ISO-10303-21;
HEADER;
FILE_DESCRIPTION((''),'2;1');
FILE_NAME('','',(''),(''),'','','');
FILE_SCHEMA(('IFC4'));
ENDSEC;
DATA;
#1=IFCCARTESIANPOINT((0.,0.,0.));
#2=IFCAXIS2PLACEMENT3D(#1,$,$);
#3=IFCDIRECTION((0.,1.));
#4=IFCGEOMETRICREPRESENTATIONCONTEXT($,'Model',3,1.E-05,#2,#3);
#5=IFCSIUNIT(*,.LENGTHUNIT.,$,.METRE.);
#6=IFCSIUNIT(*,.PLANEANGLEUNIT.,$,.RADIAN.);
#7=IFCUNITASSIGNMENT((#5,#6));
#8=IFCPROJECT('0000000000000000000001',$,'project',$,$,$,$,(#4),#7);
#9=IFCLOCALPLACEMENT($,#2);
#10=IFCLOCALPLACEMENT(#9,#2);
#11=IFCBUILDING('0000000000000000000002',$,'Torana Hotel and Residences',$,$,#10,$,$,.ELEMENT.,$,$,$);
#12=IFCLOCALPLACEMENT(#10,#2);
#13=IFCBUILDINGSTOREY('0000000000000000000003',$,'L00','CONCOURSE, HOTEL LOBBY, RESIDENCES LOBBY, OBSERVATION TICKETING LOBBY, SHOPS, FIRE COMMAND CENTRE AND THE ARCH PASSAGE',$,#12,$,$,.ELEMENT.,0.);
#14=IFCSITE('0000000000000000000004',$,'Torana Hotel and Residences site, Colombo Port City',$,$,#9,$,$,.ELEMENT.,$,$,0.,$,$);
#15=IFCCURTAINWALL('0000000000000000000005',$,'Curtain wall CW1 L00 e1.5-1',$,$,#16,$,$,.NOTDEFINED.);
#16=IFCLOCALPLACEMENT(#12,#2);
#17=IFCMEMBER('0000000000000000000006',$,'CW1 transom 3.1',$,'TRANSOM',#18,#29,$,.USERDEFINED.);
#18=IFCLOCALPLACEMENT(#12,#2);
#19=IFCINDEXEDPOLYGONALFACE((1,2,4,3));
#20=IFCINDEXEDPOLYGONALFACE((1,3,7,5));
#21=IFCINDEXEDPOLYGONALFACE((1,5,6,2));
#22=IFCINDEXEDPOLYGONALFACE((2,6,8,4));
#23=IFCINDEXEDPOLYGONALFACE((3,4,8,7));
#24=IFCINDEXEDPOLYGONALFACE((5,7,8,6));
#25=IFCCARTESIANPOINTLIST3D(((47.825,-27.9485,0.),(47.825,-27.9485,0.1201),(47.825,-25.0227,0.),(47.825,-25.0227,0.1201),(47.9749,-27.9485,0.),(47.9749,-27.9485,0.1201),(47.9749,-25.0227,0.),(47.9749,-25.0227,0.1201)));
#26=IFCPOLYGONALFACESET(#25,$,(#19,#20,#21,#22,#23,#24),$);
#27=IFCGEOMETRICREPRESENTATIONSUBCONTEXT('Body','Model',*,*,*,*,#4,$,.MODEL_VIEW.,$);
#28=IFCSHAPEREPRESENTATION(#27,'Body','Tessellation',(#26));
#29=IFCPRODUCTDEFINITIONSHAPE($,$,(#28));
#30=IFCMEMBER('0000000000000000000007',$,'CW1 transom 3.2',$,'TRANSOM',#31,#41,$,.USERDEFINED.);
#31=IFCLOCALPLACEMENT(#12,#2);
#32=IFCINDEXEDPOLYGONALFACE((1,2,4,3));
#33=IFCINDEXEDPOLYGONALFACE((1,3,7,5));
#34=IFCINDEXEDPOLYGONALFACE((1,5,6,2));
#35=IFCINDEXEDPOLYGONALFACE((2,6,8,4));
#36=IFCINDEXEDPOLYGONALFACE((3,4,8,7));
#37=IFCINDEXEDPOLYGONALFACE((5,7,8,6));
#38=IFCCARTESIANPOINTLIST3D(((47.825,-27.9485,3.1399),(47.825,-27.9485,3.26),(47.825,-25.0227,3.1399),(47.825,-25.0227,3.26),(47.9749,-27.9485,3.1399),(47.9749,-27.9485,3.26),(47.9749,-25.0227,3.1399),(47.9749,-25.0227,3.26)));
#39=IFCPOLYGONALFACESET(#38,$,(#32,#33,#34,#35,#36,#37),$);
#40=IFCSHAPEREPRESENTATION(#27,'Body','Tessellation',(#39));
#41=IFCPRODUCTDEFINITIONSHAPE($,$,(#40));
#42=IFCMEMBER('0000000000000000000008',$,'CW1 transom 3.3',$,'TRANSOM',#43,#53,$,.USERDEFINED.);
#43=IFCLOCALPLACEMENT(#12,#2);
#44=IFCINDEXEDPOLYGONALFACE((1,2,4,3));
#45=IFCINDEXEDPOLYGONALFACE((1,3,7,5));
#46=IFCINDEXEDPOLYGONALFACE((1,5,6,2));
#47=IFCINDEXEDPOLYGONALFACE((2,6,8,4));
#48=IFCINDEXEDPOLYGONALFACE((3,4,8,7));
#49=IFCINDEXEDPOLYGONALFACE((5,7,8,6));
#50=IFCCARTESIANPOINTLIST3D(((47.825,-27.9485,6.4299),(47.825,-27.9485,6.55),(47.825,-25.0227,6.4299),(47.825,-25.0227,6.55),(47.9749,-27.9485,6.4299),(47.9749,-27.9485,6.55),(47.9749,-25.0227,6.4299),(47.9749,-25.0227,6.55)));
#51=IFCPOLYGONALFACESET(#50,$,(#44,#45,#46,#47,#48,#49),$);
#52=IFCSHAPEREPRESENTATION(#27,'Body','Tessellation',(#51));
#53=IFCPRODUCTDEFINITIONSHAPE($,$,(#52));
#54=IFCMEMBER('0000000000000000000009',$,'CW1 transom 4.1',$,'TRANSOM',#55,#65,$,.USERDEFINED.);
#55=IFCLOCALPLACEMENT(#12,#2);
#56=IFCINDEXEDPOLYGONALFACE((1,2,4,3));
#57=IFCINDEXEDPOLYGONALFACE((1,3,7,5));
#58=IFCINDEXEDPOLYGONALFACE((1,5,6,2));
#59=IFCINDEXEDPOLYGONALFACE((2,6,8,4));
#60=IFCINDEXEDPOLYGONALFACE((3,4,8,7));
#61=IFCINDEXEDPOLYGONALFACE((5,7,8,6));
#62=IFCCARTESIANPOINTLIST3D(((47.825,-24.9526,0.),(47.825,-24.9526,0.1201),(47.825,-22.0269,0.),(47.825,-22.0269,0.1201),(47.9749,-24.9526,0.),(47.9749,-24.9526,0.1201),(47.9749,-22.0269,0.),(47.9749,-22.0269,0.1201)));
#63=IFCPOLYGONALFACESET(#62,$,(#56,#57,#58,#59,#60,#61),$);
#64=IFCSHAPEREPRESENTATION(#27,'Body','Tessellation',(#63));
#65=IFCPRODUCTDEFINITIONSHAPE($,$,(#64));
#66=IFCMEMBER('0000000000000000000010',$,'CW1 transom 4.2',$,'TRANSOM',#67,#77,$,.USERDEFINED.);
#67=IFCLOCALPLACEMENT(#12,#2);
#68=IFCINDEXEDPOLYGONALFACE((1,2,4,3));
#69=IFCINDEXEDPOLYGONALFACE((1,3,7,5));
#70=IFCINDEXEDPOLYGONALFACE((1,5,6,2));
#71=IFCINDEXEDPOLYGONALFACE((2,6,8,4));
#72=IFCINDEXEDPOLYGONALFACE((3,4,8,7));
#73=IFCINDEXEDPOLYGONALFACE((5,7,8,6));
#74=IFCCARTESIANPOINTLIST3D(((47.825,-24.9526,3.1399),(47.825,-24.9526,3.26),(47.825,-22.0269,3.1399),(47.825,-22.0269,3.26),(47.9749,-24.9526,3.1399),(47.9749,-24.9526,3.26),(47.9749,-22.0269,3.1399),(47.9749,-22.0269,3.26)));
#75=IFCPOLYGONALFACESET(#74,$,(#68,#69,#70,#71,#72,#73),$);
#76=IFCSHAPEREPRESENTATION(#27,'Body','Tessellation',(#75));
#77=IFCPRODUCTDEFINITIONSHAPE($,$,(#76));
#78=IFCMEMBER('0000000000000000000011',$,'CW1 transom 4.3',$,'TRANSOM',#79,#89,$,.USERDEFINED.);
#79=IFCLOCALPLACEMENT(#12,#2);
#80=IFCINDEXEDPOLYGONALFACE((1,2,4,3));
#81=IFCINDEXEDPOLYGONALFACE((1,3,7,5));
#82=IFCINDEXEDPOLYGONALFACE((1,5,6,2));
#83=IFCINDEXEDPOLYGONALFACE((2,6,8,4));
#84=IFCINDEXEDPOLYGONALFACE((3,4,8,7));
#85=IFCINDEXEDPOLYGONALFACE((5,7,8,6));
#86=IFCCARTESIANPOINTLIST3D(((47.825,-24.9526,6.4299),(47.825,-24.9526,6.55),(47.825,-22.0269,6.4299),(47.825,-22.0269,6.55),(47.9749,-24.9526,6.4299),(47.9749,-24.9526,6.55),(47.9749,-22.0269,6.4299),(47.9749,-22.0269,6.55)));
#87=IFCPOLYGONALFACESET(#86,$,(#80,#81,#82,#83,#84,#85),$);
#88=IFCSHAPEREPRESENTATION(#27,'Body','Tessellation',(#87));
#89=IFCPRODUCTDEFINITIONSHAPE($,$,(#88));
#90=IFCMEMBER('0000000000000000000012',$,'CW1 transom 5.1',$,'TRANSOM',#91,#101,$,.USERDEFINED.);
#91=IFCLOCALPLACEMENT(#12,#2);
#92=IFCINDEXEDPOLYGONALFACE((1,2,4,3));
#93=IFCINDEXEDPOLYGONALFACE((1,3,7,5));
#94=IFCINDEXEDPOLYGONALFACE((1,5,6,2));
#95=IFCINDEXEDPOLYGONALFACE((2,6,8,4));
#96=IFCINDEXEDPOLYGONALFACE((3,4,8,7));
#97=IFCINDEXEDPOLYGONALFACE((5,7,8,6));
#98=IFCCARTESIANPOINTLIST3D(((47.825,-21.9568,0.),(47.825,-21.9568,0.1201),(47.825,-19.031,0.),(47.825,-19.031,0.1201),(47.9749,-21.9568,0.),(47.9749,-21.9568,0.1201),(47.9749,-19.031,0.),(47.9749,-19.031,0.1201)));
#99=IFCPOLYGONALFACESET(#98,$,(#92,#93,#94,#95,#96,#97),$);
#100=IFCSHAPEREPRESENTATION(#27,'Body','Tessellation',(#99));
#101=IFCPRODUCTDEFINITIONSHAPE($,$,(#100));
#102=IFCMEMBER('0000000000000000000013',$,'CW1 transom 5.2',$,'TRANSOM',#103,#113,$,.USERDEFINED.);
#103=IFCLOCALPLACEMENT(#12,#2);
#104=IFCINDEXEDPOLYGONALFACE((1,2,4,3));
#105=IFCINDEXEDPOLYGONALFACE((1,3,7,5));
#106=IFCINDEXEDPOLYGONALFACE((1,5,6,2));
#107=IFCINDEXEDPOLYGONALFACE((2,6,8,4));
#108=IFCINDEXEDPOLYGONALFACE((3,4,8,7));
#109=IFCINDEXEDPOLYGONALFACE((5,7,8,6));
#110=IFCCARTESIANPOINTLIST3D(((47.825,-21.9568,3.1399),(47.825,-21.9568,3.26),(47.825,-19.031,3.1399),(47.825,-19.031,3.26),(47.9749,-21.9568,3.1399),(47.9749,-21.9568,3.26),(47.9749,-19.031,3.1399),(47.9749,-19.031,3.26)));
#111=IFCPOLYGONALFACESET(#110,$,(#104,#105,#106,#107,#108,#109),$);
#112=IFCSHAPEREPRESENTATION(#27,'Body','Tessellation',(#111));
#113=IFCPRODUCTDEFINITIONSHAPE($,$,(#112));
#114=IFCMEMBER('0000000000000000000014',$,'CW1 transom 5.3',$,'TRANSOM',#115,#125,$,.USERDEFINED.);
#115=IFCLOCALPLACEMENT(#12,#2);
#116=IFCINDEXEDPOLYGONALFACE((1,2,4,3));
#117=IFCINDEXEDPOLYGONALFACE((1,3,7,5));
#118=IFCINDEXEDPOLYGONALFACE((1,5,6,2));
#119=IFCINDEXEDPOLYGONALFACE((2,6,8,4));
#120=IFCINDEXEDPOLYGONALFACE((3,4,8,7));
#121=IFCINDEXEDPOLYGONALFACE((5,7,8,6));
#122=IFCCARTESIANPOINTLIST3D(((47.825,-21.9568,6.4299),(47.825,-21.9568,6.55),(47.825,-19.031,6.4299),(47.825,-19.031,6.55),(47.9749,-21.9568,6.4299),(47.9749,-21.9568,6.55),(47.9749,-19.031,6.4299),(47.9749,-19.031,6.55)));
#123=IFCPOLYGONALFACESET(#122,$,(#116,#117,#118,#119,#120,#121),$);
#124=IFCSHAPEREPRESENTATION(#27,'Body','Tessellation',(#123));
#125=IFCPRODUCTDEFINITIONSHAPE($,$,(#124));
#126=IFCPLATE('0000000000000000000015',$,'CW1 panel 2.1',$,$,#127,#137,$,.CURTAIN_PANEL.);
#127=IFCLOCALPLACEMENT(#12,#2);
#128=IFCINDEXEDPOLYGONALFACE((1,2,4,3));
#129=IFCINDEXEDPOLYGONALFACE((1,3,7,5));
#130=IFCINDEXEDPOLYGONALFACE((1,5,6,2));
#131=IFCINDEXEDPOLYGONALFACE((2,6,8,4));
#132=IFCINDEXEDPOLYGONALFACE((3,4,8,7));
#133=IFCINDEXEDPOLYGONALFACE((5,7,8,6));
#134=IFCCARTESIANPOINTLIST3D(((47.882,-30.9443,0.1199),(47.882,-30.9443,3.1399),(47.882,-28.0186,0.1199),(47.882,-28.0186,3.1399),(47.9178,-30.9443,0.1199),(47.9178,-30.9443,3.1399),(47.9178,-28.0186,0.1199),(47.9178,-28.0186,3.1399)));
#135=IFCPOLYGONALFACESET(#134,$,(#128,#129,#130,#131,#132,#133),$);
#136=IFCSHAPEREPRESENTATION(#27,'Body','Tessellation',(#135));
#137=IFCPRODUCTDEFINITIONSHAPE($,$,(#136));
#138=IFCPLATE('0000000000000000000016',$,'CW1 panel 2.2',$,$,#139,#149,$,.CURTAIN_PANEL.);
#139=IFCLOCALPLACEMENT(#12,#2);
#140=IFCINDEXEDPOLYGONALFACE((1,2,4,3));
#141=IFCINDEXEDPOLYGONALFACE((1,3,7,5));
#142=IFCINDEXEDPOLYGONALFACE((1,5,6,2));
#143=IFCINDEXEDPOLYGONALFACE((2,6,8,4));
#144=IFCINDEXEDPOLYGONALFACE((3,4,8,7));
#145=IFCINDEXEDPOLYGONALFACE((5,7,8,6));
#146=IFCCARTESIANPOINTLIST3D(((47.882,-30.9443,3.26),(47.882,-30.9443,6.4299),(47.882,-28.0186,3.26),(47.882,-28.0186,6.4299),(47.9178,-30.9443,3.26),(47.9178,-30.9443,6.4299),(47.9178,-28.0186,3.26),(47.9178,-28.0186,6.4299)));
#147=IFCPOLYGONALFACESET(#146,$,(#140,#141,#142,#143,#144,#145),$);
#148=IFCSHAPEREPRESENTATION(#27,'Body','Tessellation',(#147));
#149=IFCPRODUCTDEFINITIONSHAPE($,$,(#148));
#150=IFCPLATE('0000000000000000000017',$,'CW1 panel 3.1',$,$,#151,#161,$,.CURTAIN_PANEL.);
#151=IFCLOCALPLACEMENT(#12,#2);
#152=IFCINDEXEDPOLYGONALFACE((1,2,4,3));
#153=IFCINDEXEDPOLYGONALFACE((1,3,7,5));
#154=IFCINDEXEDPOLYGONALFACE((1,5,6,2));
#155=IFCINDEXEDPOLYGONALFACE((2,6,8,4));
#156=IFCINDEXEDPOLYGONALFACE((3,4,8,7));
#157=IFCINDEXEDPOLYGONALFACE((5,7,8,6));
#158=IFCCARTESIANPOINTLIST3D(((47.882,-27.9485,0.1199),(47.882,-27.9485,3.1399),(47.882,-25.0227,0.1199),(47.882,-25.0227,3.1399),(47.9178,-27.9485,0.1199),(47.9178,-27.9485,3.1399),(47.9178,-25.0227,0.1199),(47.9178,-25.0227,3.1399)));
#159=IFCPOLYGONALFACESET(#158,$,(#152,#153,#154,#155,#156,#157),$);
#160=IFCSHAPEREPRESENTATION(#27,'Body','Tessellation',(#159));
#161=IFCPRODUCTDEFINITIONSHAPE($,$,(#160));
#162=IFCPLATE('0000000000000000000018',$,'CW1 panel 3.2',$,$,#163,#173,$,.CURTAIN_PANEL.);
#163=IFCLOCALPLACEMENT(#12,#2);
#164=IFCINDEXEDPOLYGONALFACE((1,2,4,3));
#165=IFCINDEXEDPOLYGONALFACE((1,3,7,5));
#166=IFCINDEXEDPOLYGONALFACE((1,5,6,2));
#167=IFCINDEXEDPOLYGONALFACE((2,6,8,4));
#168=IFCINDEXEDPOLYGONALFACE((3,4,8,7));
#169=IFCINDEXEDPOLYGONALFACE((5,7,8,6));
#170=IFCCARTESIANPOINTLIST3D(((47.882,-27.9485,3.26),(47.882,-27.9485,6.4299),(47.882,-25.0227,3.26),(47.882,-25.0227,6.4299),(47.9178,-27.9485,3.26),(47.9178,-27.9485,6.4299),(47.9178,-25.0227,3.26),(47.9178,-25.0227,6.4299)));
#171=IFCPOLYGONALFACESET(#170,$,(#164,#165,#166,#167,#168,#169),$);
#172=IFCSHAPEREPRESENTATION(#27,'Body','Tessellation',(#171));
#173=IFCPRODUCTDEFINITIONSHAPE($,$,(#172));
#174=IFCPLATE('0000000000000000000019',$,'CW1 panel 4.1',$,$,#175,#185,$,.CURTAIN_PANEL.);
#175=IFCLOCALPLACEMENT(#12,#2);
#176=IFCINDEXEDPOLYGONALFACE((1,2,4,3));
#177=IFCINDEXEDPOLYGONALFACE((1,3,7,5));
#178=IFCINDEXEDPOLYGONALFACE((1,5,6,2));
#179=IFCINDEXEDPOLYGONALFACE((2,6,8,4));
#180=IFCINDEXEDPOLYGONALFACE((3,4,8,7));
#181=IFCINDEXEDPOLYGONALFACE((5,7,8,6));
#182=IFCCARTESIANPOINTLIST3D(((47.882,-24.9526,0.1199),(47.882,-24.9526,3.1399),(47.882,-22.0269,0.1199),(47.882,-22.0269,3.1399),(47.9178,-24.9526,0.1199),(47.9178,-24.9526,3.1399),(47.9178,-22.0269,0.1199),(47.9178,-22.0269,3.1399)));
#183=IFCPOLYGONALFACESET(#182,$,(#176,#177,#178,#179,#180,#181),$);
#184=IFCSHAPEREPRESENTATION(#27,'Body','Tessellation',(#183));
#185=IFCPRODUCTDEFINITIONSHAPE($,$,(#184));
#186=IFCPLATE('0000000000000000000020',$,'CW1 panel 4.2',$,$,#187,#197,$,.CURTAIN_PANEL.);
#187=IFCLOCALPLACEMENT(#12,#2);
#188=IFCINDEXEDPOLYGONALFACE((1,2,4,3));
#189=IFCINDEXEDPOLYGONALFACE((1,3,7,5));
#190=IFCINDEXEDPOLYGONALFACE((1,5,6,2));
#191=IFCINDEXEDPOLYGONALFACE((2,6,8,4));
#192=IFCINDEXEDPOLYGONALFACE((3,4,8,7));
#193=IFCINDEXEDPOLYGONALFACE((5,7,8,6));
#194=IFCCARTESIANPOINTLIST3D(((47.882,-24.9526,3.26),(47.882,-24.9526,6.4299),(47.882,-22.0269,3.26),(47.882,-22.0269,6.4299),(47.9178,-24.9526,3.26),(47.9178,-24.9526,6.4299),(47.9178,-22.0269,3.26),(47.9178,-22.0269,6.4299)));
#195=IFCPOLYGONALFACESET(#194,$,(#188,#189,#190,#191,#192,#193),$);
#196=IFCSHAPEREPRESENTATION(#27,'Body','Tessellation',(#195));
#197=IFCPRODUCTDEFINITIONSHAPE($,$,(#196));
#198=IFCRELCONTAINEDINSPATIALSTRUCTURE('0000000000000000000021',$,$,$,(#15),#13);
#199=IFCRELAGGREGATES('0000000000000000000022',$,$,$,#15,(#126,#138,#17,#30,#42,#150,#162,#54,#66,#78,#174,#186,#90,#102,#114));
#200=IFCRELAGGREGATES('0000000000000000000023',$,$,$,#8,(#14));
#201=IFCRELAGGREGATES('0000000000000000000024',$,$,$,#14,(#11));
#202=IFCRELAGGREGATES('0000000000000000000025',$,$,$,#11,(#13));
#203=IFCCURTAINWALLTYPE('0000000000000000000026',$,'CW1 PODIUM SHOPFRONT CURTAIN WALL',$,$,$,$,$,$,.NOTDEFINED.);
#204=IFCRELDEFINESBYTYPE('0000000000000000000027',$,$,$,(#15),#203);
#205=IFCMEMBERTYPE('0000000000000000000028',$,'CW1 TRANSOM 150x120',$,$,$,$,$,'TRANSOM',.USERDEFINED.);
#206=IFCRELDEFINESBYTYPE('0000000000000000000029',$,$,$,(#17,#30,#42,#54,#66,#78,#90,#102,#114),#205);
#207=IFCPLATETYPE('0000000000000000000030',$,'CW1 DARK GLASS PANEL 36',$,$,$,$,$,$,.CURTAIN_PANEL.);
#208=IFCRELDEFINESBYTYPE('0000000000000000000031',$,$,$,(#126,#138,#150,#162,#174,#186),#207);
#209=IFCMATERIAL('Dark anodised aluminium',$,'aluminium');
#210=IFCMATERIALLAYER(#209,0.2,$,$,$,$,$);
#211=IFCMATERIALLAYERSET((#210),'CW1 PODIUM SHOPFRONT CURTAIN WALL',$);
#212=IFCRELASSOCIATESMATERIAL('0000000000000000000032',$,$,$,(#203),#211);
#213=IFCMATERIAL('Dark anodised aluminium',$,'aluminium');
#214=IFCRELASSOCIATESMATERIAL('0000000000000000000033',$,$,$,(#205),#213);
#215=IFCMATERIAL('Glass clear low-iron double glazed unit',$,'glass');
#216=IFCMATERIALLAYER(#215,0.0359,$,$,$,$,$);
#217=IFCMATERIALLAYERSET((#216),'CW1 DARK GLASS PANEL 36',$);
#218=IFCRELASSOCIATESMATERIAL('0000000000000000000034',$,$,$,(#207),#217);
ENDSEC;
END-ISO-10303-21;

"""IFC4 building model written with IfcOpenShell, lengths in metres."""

from ifc_helpers import new_model, si_unit, direction, frame, origin, origin_2d, place, context, subcontext, project, spatial, rectangle, extrude, material, layer, layer_set, material_profile, profile_set, type_object, element, aggregate, save


model = new_model("IFC4")

# Units and contexts
model_context = context("Model", 3, precision=1e-05, world=origin(), true_north=direction((0.0, 1.0)))
body_context = subcontext(model_context, "Body", "Model", "MODEL_VIEW")
ifc_project = project(units=[si_unit("LENGTHUNIT", "METRE"), si_unit("PLANEANGLEUNIT", "RADIAN")], contexts=[model_context])

# Site, building, storey
site_placement = place(None, origin())
site = spatial("IfcSite", under=ifc_project, at=site_placement, Name="Torana Hotel and Residences site, Colombo Port City", CompositionType="ELEMENT", RefElevation=0.0)
building_placement = place(site_placement, origin())
building = spatial("IfcBuilding", under=site, at=building_placement, Name="Torana Hotel and Residences", CompositionType="ELEMENT")
storey_placement = place(building_placement, origin())
storey = spatial("IfcBuildingStorey", under=building, at=storey_placement, Name="L00", Description="CONCOURSE, HOTEL LOBBY, RESIDENCES LOBBY, OBSERVATION TICKETING LOBBY, SHOPS, FIRE COMMAND CENTRE AND THE ARCH PASSAGE", CompositionType="ELEMENT", Elevation=0.0)

# Curtain wall, members, plates
ifc_material_1 = material(Name="Dark anodised aluminium", Category="aluminium")
ifc_layer_1 = layer(ifc_material_1, 0.2)
ifc_layer_set_1 = layer_set([ifc_layer_1], Name="CW1 PODIUM SHOPFRONT CURTAIN WALL")
curtain_wall_type = type_object("IfcCurtainWallType", Name="CW1 PODIUM SHOPFRONT CURTAIN WALL", PredefinedType="NOTDEFINED", material=ifc_layer_set_1)
curtain_wall_placement = place(storey_placement, origin())
curtain_wall = element("IfcCurtainWall", 1, at=curtain_wall_placement, inside=storey, type_object=curtain_wall_type, Name="Curtain wall CW1 L00 e1.5-1", PredefinedType="NOTDEFINED")
ifc_material_2 = material(Name="Dark anodised aluminium", Category="aluminium")
ifc_material_profile_1 = material_profile(ifc_material_2, rectangle(XDim=0.1499, YDim=0.1201, at=origin_2d()), Name="CW1 TRANSOM 150x120")
ifc_profile_set_1 = profile_set([ifc_material_profile_1], Name="Dark anodised aluminium")
member_type_1 = type_object("IfcMemberType", Name="CW1 TRANSOM 150x120", ElementType="TRANSOM", PredefinedType="USERDEFINED", material=ifc_profile_set_1)
member_1_placement = place(storey_placement, frame((47.8999, -27.9485, 0.0601), z_axis=(0.0, 1.0, 0.0), x_axis=(-1.0, 0.0, 0.0)))
member_1 = element("IfcMember", 2, at=member_1_placement, type_object=member_type_1, Name="CW1 transom 3.1", ObjectType="TRANSOM", PredefinedType="USERDEFINED", context=body_context, shape_type="SweptSolid", body=[
    extrude(rectangle(XDim=0.1499, YDim=0.1201, at=origin_2d()), origin(), (0.0, 0.0, 1.0), 2.9258),
])
member_2_placement = place(storey_placement, frame((47.8999, -27.9485, 3.2), z_axis=(0.0, 1.0, 0.0), x_axis=(-1.0, 0.0, 0.0)))
member_2 = element("IfcMember", 3, at=member_2_placement, type_object=member_type_1, Name="CW1 transom 3.2", ObjectType="TRANSOM", PredefinedType="USERDEFINED", context=body_context, shape_type="SweptSolid", body=[
    extrude(rectangle(XDim=0.1499, YDim=0.1201, at=origin_2d()), origin(), (0.0, 0.0, 1.0), 2.9258),
])
member_3_placement = place(storey_placement, frame((47.8999, -27.9485, 6.49), z_axis=(0.0, 1.0, 0.0), x_axis=(-1.0, 0.0, 0.0)))
member_3 = element("IfcMember", 4, at=member_3_placement, type_object=member_type_1, Name="CW1 transom 3.3", ObjectType="TRANSOM", PredefinedType="USERDEFINED", context=body_context, shape_type="SweptSolid", body=[
    extrude(rectangle(XDim=0.1499, YDim=0.1201, at=origin_2d()), origin(), (0.0, 0.0, 1.0), 2.9258),
])
member_4_placement = place(storey_placement, frame((47.8999, -24.9526, 0.0601), z_axis=(0.0, 1.0, 0.0), x_axis=(-1.0, 0.0, 0.0)))
member_4 = element("IfcMember", 5, at=member_4_placement, type_object=member_type_1, Name="CW1 transom 4.1", ObjectType="TRANSOM", PredefinedType="USERDEFINED", context=body_context, shape_type="SweptSolid", body=[
    extrude(rectangle(XDim=0.1499, YDim=0.1201, at=origin_2d()), origin(), (0.0, 0.0, 1.0), 2.9258),
])
member_5_placement = place(storey_placement, frame((47.8999, -24.9526, 3.2), z_axis=(0.0, 1.0, 0.0), x_axis=(-1.0, 0.0, 0.0)))
member_5 = element("IfcMember", 6, at=member_5_placement, type_object=member_type_1, Name="CW1 transom 4.2", ObjectType="TRANSOM", PredefinedType="USERDEFINED", context=body_context, shape_type="SweptSolid", body=[
    extrude(rectangle(XDim=0.1499, YDim=0.1201, at=origin_2d()), origin(), (0.0, 0.0, 1.0), 2.9258),
])
member_6_placement = place(storey_placement, frame((47.8999, -24.9526, 6.49), z_axis=(0.0, 1.0, 0.0), x_axis=(-1.0, 0.0, 0.0)))
member_6 = element("IfcMember", 7, at=member_6_placement, type_object=member_type_1, Name="CW1 transom 4.3", ObjectType="TRANSOM", PredefinedType="USERDEFINED", context=body_context, shape_type="SweptSolid", body=[
    extrude(rectangle(XDim=0.1499, YDim=0.1201, at=origin_2d()), origin(), (0.0, 0.0, 1.0), 2.9258),
])
member_7_placement = place(storey_placement, frame((47.8999, -21.9568, 0.0601), z_axis=(0.0, 1.0, 0.0), x_axis=(-1.0, 0.0, 0.0)))
member_7 = element("IfcMember", 8, at=member_7_placement, type_object=member_type_1, Name="CW1 transom 5.1", ObjectType="TRANSOM", PredefinedType="USERDEFINED", context=body_context, shape_type="SweptSolid", body=[
    extrude(rectangle(XDim=0.1499, YDim=0.1201, at=origin_2d()), origin(), (0.0, 0.0, 1.0), 2.9258),
])
member_8_placement = place(storey_placement, frame((47.8999, -21.9568, 3.2), z_axis=(0.0, 1.0, 0.0), x_axis=(-1.0, 0.0, 0.0)))
member_8 = element("IfcMember", 9, at=member_8_placement, type_object=member_type_1, Name="CW1 transom 5.2", ObjectType="TRANSOM", PredefinedType="USERDEFINED", context=body_context, shape_type="SweptSolid", body=[
    extrude(rectangle(XDim=0.1499, YDim=0.1201, at=origin_2d()), origin(), (0.0, 0.0, 1.0), 2.9258),
])
member_9_placement = place(storey_placement, frame((47.8999, -21.9568, 6.49), z_axis=(0.0, 1.0, 0.0), x_axis=(-1.0, 0.0, 0.0)))
member_9 = element("IfcMember", 10, at=member_9_placement, type_object=member_type_1, Name="CW1 transom 5.3", ObjectType="TRANSOM", PredefinedType="USERDEFINED", context=body_context, shape_type="SweptSolid", body=[
    extrude(rectangle(XDim=0.1499, YDim=0.1201, at=origin_2d()), origin(), (0.0, 0.0, 1.0), 2.9258),
])
ifc_material_3 = material(Name="Glass clear low-iron double glazed unit", Category="glass")
ifc_layer_2 = layer(ifc_material_3, 0.0359)
ifc_layer_set_2 = layer_set([ifc_layer_2], Name="CW1 DARK GLASS PANEL 36")
plate_type = type_object("IfcPlateType", Name="CW1 DARK GLASS PANEL 36", PredefinedType="CURTAIN_PANEL", material=ifc_layer_set_2)
plate_1_placement = place(storey_placement, frame((47.8999, -29.4814, 0.1199), z_axis=(0.0, 0.0, 1.0), x_axis=(0.0, 1.0, 0.0)))
plate_1 = element("IfcPlate", 11, at=plate_1_placement, type_object=plate_type, Name="CW1 panel 2.1", PredefinedType="CURTAIN_PANEL", context=body_context, shape_type="SweptSolid", body=[
    extrude(rectangle(XDim=2.9258, YDim=0.0359, at=origin_2d()), origin(), (0.0, 0.0, 1.0), 3.02),
])
plate_2_placement = place(storey_placement, frame((47.8999, -29.4814, 3.26), z_axis=(0.0, 0.0, 1.0), x_axis=(0.0, 1.0, 0.0)))
plate_2 = element("IfcPlate", 12, at=plate_2_placement, type_object=plate_type, Name="CW1 panel 2.2", PredefinedType="CURTAIN_PANEL", context=body_context, shape_type="SweptSolid", body=[
    extrude(rectangle(XDim=2.9258, YDim=0.0359, at=origin_2d()), origin(), (0.0, 0.0, 1.0), 3.1699),
])
plate_3_placement = place(storey_placement, frame((47.8999, -26.4856, 0.1199), z_axis=(0.0, 0.0, 1.0), x_axis=(0.0, 1.0, 0.0)))
plate_3 = element("IfcPlate", 13, at=plate_3_placement, type_object=plate_type, Name="CW1 panel 3.1", PredefinedType="CURTAIN_PANEL", context=body_context, shape_type="SweptSolid", body=[
    extrude(rectangle(XDim=2.9258, YDim=0.0359, at=origin_2d()), origin(), (0.0, 0.0, 1.0), 3.02),
])
plate_4_placement = place(storey_placement, frame((47.8999, -26.4856, 3.26), z_axis=(0.0, 0.0, 1.0), x_axis=(0.0, 1.0, 0.0)))
plate_4 = element("IfcPlate", 14, at=plate_4_placement, type_object=plate_type, Name="CW1 panel 3.2", PredefinedType="CURTAIN_PANEL", context=body_context, shape_type="SweptSolid", body=[
    extrude(rectangle(XDim=2.9258, YDim=0.0359, at=origin_2d()), origin(), (0.0, 0.0, 1.0), 3.1699),
])
plate_5_placement = place(storey_placement, frame((47.8999, -23.4897, 0.1199), z_axis=(0.0, 0.0, 1.0), x_axis=(0.0, 1.0, 0.0)))
plate_5 = element("IfcPlate", 15, at=plate_5_placement, type_object=plate_type, Name="CW1 panel 4.1", PredefinedType="CURTAIN_PANEL", context=body_context, shape_type="SweptSolid", body=[
    extrude(rectangle(XDim=2.9258, YDim=0.0359, at=origin_2d()), origin(), (0.0, 0.0, 1.0), 3.02),
])
plate_6_placement = place(storey_placement, frame((47.8999, -23.4897, 3.26), z_axis=(0.0, 0.0, 1.0), x_axis=(0.0, 1.0, 0.0)))
plate_6 = element("IfcPlate", 16, at=plate_6_placement, type_object=plate_type, Name="CW1 panel 4.2", PredefinedType="CURTAIN_PANEL", context=body_context, shape_type="SweptSolid", body=[
    extrude(rectangle(XDim=2.9258, YDim=0.0359, at=origin_2d()), origin(), (0.0, 0.0, 1.0), 3.1699),
])
aggregate(curtain_wall, [plate_1, plate_2, member_1, member_2, member_3, plate_3, plate_4, member_4, member_5, member_6, plate_5, plate_6, member_7, member_8, member_9])

save(model, "model.ifc")
